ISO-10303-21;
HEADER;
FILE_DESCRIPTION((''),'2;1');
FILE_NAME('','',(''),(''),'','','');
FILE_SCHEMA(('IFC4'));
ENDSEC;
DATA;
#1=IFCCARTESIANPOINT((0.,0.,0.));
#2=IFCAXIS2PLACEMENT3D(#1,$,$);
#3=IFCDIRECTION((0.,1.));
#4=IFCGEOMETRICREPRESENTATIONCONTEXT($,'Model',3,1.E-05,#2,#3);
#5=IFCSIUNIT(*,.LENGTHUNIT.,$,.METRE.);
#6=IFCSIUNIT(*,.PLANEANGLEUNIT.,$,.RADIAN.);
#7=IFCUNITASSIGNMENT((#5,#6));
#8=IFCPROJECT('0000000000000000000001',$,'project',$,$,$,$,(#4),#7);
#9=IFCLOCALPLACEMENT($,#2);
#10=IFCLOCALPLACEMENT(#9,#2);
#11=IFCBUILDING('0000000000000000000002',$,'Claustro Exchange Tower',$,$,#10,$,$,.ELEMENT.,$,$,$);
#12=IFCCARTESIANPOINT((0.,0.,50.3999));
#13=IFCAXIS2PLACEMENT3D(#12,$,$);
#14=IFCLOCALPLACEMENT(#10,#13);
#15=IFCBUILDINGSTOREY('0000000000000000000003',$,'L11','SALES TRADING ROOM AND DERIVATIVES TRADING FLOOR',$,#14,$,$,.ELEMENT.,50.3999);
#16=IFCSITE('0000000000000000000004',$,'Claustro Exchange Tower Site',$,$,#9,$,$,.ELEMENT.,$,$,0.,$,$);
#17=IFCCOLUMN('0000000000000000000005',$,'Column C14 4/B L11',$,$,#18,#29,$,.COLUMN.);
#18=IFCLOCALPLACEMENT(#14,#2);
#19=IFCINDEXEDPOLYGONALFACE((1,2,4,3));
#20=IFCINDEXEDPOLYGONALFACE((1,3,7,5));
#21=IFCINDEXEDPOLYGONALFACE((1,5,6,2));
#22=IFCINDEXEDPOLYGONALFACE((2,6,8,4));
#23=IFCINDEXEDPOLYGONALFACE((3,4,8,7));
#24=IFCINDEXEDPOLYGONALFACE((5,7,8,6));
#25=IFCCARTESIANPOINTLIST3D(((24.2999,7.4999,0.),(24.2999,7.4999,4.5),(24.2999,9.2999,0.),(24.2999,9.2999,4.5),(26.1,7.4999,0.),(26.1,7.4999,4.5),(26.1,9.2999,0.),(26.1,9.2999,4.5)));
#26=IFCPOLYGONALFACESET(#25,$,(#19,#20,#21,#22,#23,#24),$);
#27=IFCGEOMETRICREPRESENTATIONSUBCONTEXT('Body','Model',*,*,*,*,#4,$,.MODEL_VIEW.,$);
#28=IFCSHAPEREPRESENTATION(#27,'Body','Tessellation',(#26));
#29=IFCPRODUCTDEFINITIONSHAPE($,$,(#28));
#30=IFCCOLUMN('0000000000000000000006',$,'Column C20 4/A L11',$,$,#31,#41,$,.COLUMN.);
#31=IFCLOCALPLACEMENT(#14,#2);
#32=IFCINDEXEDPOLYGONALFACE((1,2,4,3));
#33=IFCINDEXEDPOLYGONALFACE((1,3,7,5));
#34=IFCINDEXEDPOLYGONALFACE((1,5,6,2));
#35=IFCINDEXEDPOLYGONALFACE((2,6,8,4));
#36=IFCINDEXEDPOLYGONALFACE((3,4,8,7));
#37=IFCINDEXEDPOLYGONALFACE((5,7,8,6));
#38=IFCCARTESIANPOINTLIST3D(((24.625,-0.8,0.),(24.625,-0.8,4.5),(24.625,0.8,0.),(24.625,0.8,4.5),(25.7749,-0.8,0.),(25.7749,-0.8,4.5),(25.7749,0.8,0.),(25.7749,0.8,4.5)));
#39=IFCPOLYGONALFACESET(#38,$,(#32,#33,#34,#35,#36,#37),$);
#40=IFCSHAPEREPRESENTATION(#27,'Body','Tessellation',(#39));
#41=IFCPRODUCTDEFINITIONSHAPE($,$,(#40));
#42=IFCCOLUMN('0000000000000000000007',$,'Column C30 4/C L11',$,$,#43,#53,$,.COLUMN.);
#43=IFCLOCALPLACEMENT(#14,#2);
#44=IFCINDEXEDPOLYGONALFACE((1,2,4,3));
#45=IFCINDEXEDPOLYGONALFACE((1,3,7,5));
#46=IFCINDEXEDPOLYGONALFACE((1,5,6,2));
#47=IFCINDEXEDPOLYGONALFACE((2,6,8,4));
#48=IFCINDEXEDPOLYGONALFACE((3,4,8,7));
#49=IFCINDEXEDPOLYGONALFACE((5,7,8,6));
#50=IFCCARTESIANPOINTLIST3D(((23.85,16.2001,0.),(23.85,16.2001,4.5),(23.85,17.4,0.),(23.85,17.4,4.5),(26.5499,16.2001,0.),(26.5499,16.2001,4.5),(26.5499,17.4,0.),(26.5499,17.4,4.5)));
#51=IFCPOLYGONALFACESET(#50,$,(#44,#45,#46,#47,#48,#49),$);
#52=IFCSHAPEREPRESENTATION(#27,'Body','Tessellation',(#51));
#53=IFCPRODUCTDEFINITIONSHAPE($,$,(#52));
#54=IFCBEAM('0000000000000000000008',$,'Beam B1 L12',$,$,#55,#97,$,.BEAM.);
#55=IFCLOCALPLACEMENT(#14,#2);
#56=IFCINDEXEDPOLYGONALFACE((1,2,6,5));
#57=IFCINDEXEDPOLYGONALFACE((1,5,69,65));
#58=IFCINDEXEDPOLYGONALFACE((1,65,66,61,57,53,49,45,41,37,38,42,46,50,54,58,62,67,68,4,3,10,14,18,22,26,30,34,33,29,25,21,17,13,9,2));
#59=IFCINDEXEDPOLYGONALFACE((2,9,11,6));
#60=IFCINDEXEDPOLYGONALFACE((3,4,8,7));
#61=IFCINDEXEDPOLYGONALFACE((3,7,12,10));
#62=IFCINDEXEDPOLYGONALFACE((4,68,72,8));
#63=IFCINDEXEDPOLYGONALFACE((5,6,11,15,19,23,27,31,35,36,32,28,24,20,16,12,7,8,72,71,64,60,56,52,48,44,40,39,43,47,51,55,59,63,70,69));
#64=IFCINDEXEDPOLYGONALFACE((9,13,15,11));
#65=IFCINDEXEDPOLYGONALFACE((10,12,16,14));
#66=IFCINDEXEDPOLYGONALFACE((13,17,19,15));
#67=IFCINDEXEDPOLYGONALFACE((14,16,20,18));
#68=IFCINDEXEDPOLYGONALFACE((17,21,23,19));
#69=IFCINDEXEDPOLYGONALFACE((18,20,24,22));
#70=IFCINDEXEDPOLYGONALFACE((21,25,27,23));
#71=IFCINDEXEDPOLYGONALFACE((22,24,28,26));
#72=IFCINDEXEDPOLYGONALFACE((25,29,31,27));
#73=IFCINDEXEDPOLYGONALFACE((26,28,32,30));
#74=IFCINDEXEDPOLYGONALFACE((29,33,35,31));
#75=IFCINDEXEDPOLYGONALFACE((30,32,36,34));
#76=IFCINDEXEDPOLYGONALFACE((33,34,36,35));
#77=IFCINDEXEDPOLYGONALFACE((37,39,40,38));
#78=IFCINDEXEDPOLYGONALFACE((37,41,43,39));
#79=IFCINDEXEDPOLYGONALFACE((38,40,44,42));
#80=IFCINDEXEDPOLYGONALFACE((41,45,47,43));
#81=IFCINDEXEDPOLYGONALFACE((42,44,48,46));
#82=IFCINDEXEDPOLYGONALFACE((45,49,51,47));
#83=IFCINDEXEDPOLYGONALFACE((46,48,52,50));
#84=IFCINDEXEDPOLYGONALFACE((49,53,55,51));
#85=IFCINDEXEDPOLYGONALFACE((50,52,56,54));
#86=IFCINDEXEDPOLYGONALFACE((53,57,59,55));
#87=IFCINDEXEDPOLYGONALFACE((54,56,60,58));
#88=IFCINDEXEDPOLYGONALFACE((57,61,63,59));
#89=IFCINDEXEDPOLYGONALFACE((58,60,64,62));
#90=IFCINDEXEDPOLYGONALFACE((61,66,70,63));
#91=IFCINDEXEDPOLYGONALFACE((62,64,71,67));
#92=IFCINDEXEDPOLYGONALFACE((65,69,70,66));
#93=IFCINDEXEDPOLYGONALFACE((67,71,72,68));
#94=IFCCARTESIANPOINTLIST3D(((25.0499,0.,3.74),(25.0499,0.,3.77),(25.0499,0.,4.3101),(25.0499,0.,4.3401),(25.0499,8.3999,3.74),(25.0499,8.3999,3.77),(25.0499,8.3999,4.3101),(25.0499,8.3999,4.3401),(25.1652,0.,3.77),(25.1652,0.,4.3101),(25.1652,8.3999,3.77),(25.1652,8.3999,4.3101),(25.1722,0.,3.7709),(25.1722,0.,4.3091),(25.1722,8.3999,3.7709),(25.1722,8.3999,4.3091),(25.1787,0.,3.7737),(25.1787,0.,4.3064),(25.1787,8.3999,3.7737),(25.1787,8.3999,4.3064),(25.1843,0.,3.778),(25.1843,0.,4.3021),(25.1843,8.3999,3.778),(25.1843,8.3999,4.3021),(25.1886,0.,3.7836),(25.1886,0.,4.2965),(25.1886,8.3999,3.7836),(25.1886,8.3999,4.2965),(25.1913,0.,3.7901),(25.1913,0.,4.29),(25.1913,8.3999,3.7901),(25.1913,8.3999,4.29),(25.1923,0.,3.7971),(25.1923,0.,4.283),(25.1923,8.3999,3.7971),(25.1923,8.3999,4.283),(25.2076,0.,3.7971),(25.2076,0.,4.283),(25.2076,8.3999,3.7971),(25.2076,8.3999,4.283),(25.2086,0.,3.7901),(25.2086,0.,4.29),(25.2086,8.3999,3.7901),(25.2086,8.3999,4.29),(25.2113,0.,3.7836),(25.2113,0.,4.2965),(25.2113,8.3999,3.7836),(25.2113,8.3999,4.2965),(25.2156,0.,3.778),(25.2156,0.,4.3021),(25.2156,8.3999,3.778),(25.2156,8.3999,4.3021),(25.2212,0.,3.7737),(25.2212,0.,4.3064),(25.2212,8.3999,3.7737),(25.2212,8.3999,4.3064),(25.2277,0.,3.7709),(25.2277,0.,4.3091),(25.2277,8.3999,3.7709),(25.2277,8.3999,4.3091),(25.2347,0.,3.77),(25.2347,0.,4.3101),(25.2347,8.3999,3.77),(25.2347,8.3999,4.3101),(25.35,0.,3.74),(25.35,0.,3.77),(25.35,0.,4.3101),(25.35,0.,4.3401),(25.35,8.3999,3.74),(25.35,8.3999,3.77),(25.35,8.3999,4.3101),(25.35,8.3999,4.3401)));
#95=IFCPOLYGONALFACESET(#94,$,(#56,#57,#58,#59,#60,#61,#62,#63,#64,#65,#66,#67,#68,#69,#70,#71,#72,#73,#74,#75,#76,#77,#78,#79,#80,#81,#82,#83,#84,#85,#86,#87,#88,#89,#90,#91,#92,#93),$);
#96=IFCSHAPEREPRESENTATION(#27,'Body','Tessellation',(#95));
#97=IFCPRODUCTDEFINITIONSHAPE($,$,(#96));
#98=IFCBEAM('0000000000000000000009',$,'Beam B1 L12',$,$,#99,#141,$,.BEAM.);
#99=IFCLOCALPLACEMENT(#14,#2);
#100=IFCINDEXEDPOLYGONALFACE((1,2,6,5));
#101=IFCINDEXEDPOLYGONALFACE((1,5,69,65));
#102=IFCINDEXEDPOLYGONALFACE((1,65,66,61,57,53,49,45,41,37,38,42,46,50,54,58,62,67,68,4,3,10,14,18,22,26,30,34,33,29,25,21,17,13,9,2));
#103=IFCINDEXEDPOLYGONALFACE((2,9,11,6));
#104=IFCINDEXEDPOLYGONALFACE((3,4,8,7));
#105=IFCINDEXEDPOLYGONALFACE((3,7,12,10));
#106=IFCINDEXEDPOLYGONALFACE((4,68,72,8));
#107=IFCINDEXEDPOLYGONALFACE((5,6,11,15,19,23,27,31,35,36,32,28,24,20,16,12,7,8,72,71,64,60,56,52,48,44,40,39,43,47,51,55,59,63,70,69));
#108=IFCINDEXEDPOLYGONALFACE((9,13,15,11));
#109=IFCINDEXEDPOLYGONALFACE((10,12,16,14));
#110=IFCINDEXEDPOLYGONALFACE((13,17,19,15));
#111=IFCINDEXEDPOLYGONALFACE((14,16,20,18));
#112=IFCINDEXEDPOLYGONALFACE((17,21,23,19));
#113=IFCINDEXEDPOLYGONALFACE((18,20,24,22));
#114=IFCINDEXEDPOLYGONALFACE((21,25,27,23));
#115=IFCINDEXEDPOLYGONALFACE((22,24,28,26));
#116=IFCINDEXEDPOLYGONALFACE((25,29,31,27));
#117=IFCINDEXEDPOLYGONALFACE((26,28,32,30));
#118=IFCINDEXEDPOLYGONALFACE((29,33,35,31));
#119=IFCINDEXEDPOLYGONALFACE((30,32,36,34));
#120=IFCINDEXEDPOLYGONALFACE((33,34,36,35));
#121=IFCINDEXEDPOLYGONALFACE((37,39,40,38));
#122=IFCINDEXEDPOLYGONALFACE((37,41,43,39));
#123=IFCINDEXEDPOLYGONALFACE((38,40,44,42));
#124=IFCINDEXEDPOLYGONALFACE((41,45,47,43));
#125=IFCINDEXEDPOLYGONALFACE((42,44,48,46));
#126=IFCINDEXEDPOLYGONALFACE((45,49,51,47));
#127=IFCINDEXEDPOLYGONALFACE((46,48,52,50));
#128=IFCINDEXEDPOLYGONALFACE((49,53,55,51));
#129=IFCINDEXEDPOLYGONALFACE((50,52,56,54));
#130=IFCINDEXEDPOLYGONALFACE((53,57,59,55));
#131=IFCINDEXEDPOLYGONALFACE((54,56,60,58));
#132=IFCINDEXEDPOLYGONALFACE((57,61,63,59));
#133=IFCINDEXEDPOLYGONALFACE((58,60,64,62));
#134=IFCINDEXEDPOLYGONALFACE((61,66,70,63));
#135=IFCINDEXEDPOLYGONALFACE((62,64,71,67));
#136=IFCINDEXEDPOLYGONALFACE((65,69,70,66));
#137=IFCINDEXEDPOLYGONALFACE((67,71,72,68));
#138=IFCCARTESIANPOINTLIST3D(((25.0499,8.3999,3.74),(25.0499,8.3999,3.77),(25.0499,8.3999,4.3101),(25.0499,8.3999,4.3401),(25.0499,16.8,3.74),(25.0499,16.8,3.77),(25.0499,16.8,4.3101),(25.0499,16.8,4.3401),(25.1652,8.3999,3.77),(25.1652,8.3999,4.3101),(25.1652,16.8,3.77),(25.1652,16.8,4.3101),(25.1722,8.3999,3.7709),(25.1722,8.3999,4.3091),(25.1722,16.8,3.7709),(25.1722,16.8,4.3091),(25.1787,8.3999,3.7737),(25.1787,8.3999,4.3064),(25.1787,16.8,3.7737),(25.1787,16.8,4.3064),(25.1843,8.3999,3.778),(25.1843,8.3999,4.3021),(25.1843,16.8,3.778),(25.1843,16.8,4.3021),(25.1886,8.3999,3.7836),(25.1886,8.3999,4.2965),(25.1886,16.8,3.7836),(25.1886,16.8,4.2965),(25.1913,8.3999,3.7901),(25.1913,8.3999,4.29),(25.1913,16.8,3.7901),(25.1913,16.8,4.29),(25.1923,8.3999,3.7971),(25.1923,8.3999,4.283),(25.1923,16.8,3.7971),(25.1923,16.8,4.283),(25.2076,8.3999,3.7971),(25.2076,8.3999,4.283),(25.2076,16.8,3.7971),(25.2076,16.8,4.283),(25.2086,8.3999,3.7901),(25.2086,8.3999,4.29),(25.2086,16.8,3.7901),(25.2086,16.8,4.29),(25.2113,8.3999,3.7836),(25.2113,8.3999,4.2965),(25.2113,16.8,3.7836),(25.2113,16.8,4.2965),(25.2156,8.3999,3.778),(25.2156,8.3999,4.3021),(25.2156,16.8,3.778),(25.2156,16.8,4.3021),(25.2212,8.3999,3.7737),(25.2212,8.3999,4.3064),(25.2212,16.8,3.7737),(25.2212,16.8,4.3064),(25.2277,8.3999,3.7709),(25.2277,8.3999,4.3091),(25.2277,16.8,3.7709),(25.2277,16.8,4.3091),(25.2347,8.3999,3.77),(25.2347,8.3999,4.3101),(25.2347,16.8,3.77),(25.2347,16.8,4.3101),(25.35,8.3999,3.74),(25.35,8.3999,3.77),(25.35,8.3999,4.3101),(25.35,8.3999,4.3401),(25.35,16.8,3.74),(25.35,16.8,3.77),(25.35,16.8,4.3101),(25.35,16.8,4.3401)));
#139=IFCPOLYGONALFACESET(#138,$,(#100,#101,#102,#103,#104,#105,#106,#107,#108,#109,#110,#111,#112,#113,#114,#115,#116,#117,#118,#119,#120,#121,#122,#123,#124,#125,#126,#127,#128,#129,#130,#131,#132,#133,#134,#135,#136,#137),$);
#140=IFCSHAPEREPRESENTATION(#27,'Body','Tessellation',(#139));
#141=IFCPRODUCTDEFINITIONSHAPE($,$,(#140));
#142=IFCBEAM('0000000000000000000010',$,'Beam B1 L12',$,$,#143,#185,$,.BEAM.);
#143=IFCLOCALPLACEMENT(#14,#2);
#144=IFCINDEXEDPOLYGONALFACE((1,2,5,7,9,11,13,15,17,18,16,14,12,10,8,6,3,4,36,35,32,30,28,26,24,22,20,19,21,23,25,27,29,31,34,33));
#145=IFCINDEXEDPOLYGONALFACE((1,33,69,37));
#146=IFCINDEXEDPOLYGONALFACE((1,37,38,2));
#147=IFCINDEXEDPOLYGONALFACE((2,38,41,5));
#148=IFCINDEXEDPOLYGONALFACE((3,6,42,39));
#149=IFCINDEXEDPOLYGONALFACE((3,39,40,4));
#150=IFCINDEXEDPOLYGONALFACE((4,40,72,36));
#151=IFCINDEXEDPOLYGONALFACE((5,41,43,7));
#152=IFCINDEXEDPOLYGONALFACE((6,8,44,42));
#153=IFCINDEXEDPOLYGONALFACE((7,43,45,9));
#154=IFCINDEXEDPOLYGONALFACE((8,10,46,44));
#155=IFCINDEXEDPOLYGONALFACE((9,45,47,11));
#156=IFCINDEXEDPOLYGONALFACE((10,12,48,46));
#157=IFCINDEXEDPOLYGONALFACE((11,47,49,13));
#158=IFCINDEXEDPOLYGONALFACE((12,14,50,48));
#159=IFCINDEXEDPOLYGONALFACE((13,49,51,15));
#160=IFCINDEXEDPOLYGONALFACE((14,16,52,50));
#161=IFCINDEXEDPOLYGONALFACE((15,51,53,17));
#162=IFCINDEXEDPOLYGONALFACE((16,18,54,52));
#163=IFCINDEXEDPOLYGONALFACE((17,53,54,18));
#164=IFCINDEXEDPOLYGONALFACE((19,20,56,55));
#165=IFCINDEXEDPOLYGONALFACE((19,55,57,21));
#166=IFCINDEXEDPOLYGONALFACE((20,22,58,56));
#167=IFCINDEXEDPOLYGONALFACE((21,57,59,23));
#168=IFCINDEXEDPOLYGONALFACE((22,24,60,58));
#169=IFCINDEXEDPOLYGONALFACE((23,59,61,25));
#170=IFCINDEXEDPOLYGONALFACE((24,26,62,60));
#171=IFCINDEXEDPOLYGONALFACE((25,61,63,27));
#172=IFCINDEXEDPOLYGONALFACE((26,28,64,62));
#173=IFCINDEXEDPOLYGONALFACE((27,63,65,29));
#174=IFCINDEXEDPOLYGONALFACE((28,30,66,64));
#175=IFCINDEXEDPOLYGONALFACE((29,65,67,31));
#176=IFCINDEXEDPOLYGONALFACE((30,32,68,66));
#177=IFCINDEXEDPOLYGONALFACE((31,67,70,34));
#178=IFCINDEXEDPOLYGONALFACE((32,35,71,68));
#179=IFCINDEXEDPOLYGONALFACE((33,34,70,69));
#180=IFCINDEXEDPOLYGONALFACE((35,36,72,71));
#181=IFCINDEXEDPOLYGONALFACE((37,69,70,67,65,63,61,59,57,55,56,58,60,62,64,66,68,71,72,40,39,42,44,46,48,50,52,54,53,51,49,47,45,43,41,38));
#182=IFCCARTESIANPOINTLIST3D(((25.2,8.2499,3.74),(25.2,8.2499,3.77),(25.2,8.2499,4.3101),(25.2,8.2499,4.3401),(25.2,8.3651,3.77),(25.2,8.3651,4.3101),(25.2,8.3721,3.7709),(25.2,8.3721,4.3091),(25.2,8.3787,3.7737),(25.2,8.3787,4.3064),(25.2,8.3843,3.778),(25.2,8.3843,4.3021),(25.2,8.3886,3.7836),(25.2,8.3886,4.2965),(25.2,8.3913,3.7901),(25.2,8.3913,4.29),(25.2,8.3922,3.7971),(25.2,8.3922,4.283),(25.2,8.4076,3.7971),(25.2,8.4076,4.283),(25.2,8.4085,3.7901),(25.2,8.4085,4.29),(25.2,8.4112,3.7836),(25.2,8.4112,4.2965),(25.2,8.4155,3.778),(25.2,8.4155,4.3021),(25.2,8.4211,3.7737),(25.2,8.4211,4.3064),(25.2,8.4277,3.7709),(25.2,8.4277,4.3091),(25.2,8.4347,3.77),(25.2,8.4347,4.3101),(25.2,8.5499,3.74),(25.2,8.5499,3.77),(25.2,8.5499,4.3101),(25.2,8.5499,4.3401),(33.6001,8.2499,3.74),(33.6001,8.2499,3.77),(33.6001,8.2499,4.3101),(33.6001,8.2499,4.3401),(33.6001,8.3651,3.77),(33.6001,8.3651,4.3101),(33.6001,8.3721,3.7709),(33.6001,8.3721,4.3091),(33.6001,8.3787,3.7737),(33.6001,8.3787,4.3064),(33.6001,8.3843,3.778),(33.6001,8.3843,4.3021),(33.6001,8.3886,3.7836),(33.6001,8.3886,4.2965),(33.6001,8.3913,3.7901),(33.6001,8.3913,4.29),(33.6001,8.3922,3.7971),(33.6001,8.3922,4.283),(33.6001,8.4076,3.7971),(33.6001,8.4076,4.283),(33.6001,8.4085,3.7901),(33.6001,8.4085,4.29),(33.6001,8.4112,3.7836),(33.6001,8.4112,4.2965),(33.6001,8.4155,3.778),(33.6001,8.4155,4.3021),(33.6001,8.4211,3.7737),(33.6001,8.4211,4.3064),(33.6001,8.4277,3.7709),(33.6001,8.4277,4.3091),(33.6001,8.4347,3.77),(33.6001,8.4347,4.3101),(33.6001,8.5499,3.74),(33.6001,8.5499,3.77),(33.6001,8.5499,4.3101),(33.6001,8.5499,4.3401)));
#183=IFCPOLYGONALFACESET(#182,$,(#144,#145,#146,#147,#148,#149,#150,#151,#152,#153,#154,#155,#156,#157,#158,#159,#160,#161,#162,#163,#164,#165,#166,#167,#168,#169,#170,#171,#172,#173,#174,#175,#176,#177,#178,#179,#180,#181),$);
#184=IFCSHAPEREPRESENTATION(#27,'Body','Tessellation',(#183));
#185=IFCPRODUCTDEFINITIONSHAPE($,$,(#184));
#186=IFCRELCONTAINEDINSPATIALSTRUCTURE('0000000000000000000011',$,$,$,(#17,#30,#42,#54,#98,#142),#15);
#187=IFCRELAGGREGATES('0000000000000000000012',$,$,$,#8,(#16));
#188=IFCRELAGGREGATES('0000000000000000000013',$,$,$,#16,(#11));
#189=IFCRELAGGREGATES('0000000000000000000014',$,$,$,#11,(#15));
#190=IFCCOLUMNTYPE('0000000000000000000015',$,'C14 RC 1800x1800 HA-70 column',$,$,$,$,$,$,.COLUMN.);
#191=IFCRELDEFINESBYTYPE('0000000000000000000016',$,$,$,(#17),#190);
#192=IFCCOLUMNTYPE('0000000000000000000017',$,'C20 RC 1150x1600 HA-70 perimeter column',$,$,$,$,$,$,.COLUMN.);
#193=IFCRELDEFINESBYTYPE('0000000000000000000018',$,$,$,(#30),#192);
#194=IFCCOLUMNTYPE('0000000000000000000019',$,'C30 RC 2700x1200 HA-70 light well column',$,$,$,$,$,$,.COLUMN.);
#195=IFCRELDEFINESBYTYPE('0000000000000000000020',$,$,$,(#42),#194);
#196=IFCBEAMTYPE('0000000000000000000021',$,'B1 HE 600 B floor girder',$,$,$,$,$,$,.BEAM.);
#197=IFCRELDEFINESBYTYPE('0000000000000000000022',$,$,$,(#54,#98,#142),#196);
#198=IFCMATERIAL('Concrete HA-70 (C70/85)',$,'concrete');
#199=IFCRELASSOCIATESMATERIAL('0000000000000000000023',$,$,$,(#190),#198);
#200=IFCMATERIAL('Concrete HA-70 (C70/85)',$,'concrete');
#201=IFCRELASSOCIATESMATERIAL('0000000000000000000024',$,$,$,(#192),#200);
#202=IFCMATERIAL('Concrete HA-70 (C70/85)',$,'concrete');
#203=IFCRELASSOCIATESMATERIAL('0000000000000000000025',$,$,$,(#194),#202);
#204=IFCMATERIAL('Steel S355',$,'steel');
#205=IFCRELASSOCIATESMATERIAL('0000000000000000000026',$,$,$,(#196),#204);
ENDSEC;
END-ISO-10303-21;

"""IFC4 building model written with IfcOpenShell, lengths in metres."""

from ifc_helpers import new_model, si_unit, direction, frame, origin, origin_2d, place, context, subcontext, project, spatial, rectangle, i_section, extrude, material, material_profile, profile_set, type_object, element, save


model = new_model("IFC4")

# Units and contexts
model_context = context("Model", 3, precision=1e-05, world=origin(), true_north=direction((0.0, 1.0)))
body_context = subcontext(model_context, "Body", "Model", "MODEL_VIEW")
ifc_project = project(units=[si_unit("LENGTHUNIT", "METRE"), si_unit("PLANEANGLEUNIT", "RADIAN")], contexts=[model_context])

# Site, building, storey
site_placement = place(None, origin())
site = spatial("IfcSite", under=ifc_project, at=site_placement, Name="Claustro Exchange Tower Site", CompositionType="ELEMENT", RefElevation=0.0)
building_placement = place(site_placement, origin())
building = spatial("IfcBuilding", under=site, at=building_placement, Name="Claustro Exchange Tower", CompositionType="ELEMENT")
storey_placement = place(building_placement, frame((0.0, 0.0, 50.3999)))
storey = spatial("IfcBuildingStorey", under=building, at=storey_placement, Name="L11", Description="SALES TRADING ROOM AND DERIVATIVES TRADING FLOOR", CompositionType="ELEMENT", Elevation=50.3999)

# Columns
ifc_material_1 = material(Name="Concrete HA-70 (C70/85)", Category="concrete")
ifc_material_profile_1 = material_profile(ifc_material_1, rectangle(XDim=1.8, YDim=1.8, at=origin_2d()), Name="RC 1800x1800")
ifc_profile_set_1 = profile_set([ifc_material_profile_1], Name="Concrete HA-70 (C70/85)")
column_type_1 = type_object("IfcColumnType", Name="C14 RC 1800x1800 HA-70 column", PredefinedType="COLUMN", material=ifc_profile_set_1)
column_1_placement = place(storey_placement, frame((25.2, 8.3999, 0.0), z_axis=(0.0, 0.0, 1.0), x_axis=(1.0, 0.0, 0.0)))
element("IfcColumn", 1, at=column_1_placement, inside=storey, type_object=column_type_1, Name="Column C14 4/B L11", PredefinedType="COLUMN", context=body_context, shape_type="SweptSolid", body=[
    extrude(rectangle(XDim=1.8, YDim=1.8, at=origin_2d()), origin(), (0.0, 0.0, 1.0), 4.5),
])
ifc_material_2 = material(Name="Concrete HA-70 (C70/85)", Category="concrete")
ifc_material_profile_2 = material_profile(ifc_material_2, rectangle(XDim=1.1499, YDim=1.6001, at=origin_2d()), Name="RC 1150x1600")
ifc_profile_set_2 = profile_set([ifc_material_profile_2], Name="Concrete HA-70 (C70/85)")
column_type_2 = type_object("IfcColumnType", Name="C20 RC 1150x1600 HA-70 perimeter column", PredefinedType="COLUMN", material=ifc_profile_set_2)
column_2_placement = place(storey_placement, frame((25.2, 0.0, 0.0), z_axis=(0.0, 0.0, 1.0), x_axis=(1.0, 0.0, 0.0)))
element("IfcColumn", 2, at=column_2_placement, inside=storey, type_object=column_type_2, Name="Column C20 4/A L11", PredefinedType="COLUMN", context=body_context, shape_type="SweptSolid", body=[
    extrude(rectangle(XDim=1.1499, YDim=1.6001, at=origin_2d()), origin(), (0.0, 0.0, 1.0), 4.5),
])
ifc_material_3 = material(Name="Concrete HA-70 (C70/85)", Category="concrete")
ifc_material_profile_3 = material_profile(ifc_material_3, rectangle(XDim=2.7, YDim=1.2, at=origin_2d()), Name="RC 2700x1200")
ifc_profile_set_3 = profile_set([ifc_material_profile_3], Name="Concrete HA-70 (C70/85)")
column_type_3 = type_object("IfcColumnType", Name="C30 RC 2700x1200 HA-70 light well column", PredefinedType="COLUMN", material=ifc_profile_set_3)
column_3_placement = place(storey_placement, frame((25.2, 16.8, 0.0), z_axis=(0.0, 0.0, 1.0), x_axis=(1.0, 0.0, 0.0)))
element("IfcColumn", 3, at=column_3_placement, inside=storey, type_object=column_type_3, Name="Column C30 4/C L11", PredefinedType="COLUMN", context=body_context, shape_type="SweptSolid", body=[
    extrude(rectangle(XDim=2.7, YDim=1.2, at=origin_2d()), origin(), (0.0, 0.0, 1.0), 4.5),
])

# Beams
ifc_material_4 = material(Name="Steel S355", Category="steel")
ifc_material_profile_4 = material_profile(ifc_material_4, i_section(OverallWidth=0.3, OverallDepth=0.6001, WebThickness=0.0154, FlangeThickness=0.03, FilletRadius=0.0271, at=origin_2d()), Name="HE 600 B")
ifc_profile_set_4 = profile_set([ifc_material_profile_4], Name="Steel S355")
beam_type_1 = type_object("IfcBeamType", Name="B1 HE 600 B floor girder", PredefinedType="BEAM", material=ifc_profile_set_4)
beam_1_placement = place(storey_placement, frame((25.2, 0.0, 4.04), z_axis=(0.0, 1.0, 0.0), x_axis=(-1.0, 0.0, 0.0)))
element("IfcBeam", 4, at=beam_1_placement, inside=storey, type_object=beam_type_1, Name="Beam B1 L12", PredefinedType="BEAM", context=body_context, shape_type="SweptSolid", body=[
    extrude(i_section(OverallWidth=0.3, OverallDepth=0.6001, WebThickness=0.0154, FlangeThickness=0.03, FilletRadius=0.0271, at=origin_2d()), origin(), (0.0, 0.0, 1.0), 8.3999),
])
for number, where, z_axis, x_axis, name in (
    (5, (25.2, 8.3999, 4.04), (0.0, 1.0, 0.0), (-1.0, 0.0, 0.0), "Beam B1 L12"),
    (6, (25.2, 8.3999, 4.04), (1.0, 0.0, 0.0), (0.0, 1.0, 0.0), "Beam B1 L12"),
):
    element("IfcBeam", number, at=place(storey_placement, frame(where, z_axis=z_axis, x_axis=x_axis)), inside=storey, type_object=beam_type_1, Name=name, PredefinedType="BEAM", context=body_context, shape_type="SweptSolid", body=[
        extrude(i_section(OverallWidth=0.3, OverallDepth=0.6001, WebThickness=0.0154, FlangeThickness=0.03, FilletRadius=0.0271, at=origin_2d()), origin(), (0.0, 0.0, 1.0), 8.4001),
    ])

save(model, "model.ifc")
